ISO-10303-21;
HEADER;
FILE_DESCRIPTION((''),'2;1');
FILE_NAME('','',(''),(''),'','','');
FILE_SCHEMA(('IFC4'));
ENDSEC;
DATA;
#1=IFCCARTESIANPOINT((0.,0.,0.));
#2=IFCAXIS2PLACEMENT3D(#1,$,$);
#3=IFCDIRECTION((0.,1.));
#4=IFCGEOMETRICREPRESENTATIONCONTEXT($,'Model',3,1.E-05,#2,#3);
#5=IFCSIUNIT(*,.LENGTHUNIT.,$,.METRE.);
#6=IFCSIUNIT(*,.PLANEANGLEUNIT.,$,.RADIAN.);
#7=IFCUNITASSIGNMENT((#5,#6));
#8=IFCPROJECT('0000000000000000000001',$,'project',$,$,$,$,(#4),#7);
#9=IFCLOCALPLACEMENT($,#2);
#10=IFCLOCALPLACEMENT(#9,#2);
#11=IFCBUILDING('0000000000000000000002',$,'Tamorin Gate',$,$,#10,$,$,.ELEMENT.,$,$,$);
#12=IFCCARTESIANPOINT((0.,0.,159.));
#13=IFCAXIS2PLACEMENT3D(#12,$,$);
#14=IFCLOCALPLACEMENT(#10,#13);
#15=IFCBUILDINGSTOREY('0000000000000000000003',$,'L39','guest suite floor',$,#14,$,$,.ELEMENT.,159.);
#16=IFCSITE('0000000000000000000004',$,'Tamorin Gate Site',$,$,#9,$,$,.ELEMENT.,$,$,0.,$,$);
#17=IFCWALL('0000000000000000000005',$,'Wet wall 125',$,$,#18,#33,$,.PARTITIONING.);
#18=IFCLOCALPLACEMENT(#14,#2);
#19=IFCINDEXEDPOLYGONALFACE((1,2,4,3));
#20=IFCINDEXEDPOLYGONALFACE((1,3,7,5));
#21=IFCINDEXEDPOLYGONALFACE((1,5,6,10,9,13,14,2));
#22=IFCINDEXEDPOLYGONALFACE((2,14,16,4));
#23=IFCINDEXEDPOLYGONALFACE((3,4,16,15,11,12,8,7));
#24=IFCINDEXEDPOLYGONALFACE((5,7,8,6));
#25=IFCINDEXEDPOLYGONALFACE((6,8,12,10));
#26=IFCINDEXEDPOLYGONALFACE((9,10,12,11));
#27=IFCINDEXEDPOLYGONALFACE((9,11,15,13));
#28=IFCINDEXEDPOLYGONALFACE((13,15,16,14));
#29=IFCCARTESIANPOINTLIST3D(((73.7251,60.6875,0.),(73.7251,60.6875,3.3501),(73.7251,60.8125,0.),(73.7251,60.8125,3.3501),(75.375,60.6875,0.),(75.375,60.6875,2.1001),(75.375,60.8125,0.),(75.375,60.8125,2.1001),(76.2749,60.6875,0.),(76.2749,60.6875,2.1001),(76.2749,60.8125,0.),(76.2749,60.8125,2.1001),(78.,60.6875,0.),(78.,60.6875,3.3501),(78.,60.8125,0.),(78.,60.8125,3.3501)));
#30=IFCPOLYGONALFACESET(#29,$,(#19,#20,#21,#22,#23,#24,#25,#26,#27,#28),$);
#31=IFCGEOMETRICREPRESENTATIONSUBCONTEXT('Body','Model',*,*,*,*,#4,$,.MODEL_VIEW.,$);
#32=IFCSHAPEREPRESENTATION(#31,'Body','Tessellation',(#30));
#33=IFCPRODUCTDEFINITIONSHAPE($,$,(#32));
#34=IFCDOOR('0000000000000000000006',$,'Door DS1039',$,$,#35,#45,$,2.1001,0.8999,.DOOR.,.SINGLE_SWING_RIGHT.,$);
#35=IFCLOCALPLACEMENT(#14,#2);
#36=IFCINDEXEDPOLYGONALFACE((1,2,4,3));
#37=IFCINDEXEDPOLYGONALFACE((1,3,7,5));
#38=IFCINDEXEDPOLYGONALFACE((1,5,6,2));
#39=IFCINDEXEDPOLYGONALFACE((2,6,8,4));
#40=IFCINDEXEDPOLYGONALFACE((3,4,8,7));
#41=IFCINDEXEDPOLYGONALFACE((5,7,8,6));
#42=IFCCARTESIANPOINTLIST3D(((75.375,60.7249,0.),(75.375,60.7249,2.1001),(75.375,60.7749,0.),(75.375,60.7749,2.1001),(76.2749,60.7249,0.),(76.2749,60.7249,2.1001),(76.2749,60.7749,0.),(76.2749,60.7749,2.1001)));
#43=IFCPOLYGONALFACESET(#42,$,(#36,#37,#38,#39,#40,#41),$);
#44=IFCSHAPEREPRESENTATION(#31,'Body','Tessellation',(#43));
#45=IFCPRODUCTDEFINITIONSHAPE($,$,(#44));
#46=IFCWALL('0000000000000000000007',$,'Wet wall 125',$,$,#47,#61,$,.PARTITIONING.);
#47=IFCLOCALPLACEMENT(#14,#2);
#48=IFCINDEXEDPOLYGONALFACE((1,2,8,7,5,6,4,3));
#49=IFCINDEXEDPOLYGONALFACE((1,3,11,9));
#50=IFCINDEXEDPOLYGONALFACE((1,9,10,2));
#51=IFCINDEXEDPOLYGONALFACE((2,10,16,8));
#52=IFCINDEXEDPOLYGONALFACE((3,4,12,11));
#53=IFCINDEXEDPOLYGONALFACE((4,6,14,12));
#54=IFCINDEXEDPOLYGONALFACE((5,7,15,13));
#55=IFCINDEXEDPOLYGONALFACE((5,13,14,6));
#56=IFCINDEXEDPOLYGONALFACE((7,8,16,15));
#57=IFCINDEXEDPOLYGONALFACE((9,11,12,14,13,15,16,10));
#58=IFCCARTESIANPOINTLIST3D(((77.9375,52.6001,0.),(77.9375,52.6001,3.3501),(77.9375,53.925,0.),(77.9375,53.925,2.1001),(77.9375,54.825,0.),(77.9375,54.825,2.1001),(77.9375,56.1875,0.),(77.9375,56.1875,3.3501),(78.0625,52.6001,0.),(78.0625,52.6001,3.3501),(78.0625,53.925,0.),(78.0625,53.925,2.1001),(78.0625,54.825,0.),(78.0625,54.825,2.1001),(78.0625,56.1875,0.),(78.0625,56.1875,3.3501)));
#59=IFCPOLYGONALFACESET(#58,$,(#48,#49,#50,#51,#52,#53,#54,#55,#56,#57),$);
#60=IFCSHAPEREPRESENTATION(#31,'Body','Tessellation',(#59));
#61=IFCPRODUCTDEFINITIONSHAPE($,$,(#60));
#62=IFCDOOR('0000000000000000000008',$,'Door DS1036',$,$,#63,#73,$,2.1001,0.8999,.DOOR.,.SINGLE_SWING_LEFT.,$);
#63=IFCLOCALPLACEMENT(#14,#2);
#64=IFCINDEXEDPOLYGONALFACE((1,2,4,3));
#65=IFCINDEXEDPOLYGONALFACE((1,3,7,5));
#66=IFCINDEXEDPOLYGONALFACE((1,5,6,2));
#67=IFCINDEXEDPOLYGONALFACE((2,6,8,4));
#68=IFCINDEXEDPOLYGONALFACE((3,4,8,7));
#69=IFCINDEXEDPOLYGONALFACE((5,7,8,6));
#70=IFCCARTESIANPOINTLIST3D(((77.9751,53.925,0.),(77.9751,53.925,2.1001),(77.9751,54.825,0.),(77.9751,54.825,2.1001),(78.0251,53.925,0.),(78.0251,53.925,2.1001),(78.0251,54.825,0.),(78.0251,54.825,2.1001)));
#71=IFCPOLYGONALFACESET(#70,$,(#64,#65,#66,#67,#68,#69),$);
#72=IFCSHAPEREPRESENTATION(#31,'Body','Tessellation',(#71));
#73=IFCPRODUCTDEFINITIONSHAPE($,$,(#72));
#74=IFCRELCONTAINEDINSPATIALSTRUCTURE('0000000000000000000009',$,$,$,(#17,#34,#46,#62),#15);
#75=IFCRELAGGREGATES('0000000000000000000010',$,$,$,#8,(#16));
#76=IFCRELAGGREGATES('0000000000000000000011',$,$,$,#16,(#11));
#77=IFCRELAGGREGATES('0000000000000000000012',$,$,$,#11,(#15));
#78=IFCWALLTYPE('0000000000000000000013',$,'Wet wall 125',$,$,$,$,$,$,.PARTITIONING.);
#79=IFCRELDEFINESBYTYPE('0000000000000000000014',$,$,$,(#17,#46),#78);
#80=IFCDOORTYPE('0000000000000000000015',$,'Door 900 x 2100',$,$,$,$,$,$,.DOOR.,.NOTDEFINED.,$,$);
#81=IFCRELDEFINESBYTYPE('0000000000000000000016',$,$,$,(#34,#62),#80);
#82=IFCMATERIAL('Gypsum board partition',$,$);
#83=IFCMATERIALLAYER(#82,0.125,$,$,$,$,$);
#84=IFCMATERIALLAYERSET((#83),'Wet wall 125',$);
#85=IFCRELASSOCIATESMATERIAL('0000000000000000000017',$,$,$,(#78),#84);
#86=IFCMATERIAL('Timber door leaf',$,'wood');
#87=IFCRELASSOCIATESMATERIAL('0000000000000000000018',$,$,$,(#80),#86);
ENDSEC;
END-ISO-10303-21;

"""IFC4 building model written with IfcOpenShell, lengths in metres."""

from ifc_helpers import new_model, si_unit, direction, frame, frame_2d, origin, place, context, subcontext, project, spatial, rectangle, extrude, material, layer, layer_set, type_object, element, fill, save


model = new_model("IFC4")

# Units and contexts
model_context = context("Model", 3, precision=1e-05, world=origin(), true_north=direction((0.0, 1.0)))
body_context = subcontext(model_context, "Body", "Model", "MODEL_VIEW")
ifc_project = project(units=[si_unit("LENGTHUNIT", "METRE"), si_unit("PLANEANGLEUNIT", "RADIAN")], contexts=[model_context])

# Site, building, storey
site_placement = place(None, origin())
site = spatial("IfcSite", under=ifc_project, at=site_placement, Name="Tamorin Gate Site", CompositionType="ELEMENT", RefElevation=0.0)
building_placement = place(site_placement, origin())
building = spatial("IfcBuilding", under=site, at=building_placement, Name="Tamorin Gate", CompositionType="ELEMENT")
storey_placement = place(building_placement, frame((0.0, 0.0, 159.0)))
storey = spatial("IfcBuildingStorey", under=building, at=storey_placement, Name="L39", Description="guest suite floor", CompositionType="ELEMENT", Elevation=159.0)

# Shared definitions
ifc_material_1 = material(Name="Gypsum board partition")
ifc_material_2 = material(Name="Timber door leaf", Category="wood")

# Shared definitions
ifc_layer_1 = layer(ifc_material_1, 0.125)
ifc_layer_set_1 = layer_set([ifc_layer_1], Name="Wet wall 125")
wall_type_1 = type_object("IfcWallType", Name="Wet wall 125", PredefinedType="PARTITIONING", material=ifc_layer_set_1)

# Walls, openings, doors
wall_1_placement = place(storey_placement, frame((73.7251, 60.75, 0.0), z_axis=(0.0, 0.0, 1.0), x_axis=(1.0, 0.0, 0.0)))
wall_1 = element("IfcWall", 1, at=wall_1_placement, inside=storey, type_object=wall_type_1, Name="Wet wall 125", PredefinedType="PARTITIONING", context=body_context, shape_type="SweptSolid", body=[
    extrude(rectangle(XDim=4.2749, YDim=0.125, at=frame_2d((2.1375, 0.0))), origin(), (0.0, 0.0, 1.0), 3.3501),
])
opening_1_placement = place(wall_1_placement, frame((1.6499, 0.0, 0.0)))
opening_1 = element("IfcOpeningElement", 2, at=opening_1_placement, cuts=wall_1, PredefinedType="OPENING", context=body_context, shape_type="SweptSolid", body=[
    extrude(rectangle(XDim=0.8999, YDim=2.1001, at=frame_2d((0.45, 1.05))), frame((0.0, 0.0725, 0.0), z_axis=(0.0, -1.0, 0.0), x_axis=(1.0, 0.0, 0.0)), (0.0, 0.0, 1.0), 0.145),
])
door_type_1 = type_object("IfcDoorType", Name="Door 900 x 2100", OperationType="NOTDEFINED", PredefinedType="DOOR", material=ifc_material_2)
door_1_placement = place(opening_1_placement, origin())
door_1 = element("IfcDoor", 3, at=door_1_placement, inside=storey, type_object=door_type_1, Name="Door DS1039", OperationType="SINGLE_SWING_RIGHT", OverallHeight=2.1001, OverallWidth=0.8999, PredefinedType="DOOR", context=body_context, shape_type="SweptSolid", body=[
    extrude(rectangle(XDim=0.8999, YDim=2.1001, at=frame_2d((0.45, 1.05))), frame((0.0, 0.0249, 0.0), z_axis=(0.0, -1.0, 0.0), x_axis=(1.0, 0.0, 0.0)), (0.0, 0.0, 1.0), 0.05),
])
fill(opening_1, door_1)
wall_2_placement = place(storey_placement, frame((78.0, 52.6001, 0.0), z_axis=(0.0, 0.0, 1.0), x_axis=(0.0, 1.0, 0.0)))
wall_2 = element("IfcWall", 4, at=wall_2_placement, inside=storey, type_object=wall_type_1, Name="Wet wall 125", PredefinedType="PARTITIONING", context=body_context, shape_type="SweptSolid", body=[
    extrude(rectangle(XDim=3.5874, YDim=0.125, at=frame_2d((1.7937, 0.0))), origin(), (0.0, 0.0, 1.0), 3.3501),
])
opening_2_placement = place(wall_2_placement, frame((1.325, 0.0, 0.0)))
opening_2 = element("IfcOpeningElement", 5, at=opening_2_placement, cuts=wall_2, PredefinedType="OPENING", context=body_context, shape_type="SweptSolid", body=[
    extrude(rectangle(XDim=0.8999, YDim=2.1001, at=frame_2d((0.45, 1.05))), frame((0.0, 0.0725, 0.0), z_axis=(0.0, -1.0, 0.0), x_axis=(1.0, 0.0, 0.0)), (0.0, 0.0, 1.0), 0.145),
])
door_2_placement = place(opening_2_placement, origin())
door_2 = element("IfcDoor", 6, at=door_2_placement, inside=storey, type_object=door_type_1, Name="Door DS1036", OperationType="SINGLE_SWING_LEFT", OverallHeight=2.1001, OverallWidth=0.8999, PredefinedType="DOOR", context=body_context, shape_type="SweptSolid", body=[
    extrude(rectangle(XDim=0.8999, YDim=2.1001, at=frame_2d((0.45, 1.05))), frame((0.0, 0.0249, 0.0), z_axis=(0.0, -1.0, 0.0), x_axis=(1.0, 0.0, 0.0)), (0.0, 0.0, 1.0), 0.05),
])
fill(opening_2, door_2)

save(model, "model.ifc")
